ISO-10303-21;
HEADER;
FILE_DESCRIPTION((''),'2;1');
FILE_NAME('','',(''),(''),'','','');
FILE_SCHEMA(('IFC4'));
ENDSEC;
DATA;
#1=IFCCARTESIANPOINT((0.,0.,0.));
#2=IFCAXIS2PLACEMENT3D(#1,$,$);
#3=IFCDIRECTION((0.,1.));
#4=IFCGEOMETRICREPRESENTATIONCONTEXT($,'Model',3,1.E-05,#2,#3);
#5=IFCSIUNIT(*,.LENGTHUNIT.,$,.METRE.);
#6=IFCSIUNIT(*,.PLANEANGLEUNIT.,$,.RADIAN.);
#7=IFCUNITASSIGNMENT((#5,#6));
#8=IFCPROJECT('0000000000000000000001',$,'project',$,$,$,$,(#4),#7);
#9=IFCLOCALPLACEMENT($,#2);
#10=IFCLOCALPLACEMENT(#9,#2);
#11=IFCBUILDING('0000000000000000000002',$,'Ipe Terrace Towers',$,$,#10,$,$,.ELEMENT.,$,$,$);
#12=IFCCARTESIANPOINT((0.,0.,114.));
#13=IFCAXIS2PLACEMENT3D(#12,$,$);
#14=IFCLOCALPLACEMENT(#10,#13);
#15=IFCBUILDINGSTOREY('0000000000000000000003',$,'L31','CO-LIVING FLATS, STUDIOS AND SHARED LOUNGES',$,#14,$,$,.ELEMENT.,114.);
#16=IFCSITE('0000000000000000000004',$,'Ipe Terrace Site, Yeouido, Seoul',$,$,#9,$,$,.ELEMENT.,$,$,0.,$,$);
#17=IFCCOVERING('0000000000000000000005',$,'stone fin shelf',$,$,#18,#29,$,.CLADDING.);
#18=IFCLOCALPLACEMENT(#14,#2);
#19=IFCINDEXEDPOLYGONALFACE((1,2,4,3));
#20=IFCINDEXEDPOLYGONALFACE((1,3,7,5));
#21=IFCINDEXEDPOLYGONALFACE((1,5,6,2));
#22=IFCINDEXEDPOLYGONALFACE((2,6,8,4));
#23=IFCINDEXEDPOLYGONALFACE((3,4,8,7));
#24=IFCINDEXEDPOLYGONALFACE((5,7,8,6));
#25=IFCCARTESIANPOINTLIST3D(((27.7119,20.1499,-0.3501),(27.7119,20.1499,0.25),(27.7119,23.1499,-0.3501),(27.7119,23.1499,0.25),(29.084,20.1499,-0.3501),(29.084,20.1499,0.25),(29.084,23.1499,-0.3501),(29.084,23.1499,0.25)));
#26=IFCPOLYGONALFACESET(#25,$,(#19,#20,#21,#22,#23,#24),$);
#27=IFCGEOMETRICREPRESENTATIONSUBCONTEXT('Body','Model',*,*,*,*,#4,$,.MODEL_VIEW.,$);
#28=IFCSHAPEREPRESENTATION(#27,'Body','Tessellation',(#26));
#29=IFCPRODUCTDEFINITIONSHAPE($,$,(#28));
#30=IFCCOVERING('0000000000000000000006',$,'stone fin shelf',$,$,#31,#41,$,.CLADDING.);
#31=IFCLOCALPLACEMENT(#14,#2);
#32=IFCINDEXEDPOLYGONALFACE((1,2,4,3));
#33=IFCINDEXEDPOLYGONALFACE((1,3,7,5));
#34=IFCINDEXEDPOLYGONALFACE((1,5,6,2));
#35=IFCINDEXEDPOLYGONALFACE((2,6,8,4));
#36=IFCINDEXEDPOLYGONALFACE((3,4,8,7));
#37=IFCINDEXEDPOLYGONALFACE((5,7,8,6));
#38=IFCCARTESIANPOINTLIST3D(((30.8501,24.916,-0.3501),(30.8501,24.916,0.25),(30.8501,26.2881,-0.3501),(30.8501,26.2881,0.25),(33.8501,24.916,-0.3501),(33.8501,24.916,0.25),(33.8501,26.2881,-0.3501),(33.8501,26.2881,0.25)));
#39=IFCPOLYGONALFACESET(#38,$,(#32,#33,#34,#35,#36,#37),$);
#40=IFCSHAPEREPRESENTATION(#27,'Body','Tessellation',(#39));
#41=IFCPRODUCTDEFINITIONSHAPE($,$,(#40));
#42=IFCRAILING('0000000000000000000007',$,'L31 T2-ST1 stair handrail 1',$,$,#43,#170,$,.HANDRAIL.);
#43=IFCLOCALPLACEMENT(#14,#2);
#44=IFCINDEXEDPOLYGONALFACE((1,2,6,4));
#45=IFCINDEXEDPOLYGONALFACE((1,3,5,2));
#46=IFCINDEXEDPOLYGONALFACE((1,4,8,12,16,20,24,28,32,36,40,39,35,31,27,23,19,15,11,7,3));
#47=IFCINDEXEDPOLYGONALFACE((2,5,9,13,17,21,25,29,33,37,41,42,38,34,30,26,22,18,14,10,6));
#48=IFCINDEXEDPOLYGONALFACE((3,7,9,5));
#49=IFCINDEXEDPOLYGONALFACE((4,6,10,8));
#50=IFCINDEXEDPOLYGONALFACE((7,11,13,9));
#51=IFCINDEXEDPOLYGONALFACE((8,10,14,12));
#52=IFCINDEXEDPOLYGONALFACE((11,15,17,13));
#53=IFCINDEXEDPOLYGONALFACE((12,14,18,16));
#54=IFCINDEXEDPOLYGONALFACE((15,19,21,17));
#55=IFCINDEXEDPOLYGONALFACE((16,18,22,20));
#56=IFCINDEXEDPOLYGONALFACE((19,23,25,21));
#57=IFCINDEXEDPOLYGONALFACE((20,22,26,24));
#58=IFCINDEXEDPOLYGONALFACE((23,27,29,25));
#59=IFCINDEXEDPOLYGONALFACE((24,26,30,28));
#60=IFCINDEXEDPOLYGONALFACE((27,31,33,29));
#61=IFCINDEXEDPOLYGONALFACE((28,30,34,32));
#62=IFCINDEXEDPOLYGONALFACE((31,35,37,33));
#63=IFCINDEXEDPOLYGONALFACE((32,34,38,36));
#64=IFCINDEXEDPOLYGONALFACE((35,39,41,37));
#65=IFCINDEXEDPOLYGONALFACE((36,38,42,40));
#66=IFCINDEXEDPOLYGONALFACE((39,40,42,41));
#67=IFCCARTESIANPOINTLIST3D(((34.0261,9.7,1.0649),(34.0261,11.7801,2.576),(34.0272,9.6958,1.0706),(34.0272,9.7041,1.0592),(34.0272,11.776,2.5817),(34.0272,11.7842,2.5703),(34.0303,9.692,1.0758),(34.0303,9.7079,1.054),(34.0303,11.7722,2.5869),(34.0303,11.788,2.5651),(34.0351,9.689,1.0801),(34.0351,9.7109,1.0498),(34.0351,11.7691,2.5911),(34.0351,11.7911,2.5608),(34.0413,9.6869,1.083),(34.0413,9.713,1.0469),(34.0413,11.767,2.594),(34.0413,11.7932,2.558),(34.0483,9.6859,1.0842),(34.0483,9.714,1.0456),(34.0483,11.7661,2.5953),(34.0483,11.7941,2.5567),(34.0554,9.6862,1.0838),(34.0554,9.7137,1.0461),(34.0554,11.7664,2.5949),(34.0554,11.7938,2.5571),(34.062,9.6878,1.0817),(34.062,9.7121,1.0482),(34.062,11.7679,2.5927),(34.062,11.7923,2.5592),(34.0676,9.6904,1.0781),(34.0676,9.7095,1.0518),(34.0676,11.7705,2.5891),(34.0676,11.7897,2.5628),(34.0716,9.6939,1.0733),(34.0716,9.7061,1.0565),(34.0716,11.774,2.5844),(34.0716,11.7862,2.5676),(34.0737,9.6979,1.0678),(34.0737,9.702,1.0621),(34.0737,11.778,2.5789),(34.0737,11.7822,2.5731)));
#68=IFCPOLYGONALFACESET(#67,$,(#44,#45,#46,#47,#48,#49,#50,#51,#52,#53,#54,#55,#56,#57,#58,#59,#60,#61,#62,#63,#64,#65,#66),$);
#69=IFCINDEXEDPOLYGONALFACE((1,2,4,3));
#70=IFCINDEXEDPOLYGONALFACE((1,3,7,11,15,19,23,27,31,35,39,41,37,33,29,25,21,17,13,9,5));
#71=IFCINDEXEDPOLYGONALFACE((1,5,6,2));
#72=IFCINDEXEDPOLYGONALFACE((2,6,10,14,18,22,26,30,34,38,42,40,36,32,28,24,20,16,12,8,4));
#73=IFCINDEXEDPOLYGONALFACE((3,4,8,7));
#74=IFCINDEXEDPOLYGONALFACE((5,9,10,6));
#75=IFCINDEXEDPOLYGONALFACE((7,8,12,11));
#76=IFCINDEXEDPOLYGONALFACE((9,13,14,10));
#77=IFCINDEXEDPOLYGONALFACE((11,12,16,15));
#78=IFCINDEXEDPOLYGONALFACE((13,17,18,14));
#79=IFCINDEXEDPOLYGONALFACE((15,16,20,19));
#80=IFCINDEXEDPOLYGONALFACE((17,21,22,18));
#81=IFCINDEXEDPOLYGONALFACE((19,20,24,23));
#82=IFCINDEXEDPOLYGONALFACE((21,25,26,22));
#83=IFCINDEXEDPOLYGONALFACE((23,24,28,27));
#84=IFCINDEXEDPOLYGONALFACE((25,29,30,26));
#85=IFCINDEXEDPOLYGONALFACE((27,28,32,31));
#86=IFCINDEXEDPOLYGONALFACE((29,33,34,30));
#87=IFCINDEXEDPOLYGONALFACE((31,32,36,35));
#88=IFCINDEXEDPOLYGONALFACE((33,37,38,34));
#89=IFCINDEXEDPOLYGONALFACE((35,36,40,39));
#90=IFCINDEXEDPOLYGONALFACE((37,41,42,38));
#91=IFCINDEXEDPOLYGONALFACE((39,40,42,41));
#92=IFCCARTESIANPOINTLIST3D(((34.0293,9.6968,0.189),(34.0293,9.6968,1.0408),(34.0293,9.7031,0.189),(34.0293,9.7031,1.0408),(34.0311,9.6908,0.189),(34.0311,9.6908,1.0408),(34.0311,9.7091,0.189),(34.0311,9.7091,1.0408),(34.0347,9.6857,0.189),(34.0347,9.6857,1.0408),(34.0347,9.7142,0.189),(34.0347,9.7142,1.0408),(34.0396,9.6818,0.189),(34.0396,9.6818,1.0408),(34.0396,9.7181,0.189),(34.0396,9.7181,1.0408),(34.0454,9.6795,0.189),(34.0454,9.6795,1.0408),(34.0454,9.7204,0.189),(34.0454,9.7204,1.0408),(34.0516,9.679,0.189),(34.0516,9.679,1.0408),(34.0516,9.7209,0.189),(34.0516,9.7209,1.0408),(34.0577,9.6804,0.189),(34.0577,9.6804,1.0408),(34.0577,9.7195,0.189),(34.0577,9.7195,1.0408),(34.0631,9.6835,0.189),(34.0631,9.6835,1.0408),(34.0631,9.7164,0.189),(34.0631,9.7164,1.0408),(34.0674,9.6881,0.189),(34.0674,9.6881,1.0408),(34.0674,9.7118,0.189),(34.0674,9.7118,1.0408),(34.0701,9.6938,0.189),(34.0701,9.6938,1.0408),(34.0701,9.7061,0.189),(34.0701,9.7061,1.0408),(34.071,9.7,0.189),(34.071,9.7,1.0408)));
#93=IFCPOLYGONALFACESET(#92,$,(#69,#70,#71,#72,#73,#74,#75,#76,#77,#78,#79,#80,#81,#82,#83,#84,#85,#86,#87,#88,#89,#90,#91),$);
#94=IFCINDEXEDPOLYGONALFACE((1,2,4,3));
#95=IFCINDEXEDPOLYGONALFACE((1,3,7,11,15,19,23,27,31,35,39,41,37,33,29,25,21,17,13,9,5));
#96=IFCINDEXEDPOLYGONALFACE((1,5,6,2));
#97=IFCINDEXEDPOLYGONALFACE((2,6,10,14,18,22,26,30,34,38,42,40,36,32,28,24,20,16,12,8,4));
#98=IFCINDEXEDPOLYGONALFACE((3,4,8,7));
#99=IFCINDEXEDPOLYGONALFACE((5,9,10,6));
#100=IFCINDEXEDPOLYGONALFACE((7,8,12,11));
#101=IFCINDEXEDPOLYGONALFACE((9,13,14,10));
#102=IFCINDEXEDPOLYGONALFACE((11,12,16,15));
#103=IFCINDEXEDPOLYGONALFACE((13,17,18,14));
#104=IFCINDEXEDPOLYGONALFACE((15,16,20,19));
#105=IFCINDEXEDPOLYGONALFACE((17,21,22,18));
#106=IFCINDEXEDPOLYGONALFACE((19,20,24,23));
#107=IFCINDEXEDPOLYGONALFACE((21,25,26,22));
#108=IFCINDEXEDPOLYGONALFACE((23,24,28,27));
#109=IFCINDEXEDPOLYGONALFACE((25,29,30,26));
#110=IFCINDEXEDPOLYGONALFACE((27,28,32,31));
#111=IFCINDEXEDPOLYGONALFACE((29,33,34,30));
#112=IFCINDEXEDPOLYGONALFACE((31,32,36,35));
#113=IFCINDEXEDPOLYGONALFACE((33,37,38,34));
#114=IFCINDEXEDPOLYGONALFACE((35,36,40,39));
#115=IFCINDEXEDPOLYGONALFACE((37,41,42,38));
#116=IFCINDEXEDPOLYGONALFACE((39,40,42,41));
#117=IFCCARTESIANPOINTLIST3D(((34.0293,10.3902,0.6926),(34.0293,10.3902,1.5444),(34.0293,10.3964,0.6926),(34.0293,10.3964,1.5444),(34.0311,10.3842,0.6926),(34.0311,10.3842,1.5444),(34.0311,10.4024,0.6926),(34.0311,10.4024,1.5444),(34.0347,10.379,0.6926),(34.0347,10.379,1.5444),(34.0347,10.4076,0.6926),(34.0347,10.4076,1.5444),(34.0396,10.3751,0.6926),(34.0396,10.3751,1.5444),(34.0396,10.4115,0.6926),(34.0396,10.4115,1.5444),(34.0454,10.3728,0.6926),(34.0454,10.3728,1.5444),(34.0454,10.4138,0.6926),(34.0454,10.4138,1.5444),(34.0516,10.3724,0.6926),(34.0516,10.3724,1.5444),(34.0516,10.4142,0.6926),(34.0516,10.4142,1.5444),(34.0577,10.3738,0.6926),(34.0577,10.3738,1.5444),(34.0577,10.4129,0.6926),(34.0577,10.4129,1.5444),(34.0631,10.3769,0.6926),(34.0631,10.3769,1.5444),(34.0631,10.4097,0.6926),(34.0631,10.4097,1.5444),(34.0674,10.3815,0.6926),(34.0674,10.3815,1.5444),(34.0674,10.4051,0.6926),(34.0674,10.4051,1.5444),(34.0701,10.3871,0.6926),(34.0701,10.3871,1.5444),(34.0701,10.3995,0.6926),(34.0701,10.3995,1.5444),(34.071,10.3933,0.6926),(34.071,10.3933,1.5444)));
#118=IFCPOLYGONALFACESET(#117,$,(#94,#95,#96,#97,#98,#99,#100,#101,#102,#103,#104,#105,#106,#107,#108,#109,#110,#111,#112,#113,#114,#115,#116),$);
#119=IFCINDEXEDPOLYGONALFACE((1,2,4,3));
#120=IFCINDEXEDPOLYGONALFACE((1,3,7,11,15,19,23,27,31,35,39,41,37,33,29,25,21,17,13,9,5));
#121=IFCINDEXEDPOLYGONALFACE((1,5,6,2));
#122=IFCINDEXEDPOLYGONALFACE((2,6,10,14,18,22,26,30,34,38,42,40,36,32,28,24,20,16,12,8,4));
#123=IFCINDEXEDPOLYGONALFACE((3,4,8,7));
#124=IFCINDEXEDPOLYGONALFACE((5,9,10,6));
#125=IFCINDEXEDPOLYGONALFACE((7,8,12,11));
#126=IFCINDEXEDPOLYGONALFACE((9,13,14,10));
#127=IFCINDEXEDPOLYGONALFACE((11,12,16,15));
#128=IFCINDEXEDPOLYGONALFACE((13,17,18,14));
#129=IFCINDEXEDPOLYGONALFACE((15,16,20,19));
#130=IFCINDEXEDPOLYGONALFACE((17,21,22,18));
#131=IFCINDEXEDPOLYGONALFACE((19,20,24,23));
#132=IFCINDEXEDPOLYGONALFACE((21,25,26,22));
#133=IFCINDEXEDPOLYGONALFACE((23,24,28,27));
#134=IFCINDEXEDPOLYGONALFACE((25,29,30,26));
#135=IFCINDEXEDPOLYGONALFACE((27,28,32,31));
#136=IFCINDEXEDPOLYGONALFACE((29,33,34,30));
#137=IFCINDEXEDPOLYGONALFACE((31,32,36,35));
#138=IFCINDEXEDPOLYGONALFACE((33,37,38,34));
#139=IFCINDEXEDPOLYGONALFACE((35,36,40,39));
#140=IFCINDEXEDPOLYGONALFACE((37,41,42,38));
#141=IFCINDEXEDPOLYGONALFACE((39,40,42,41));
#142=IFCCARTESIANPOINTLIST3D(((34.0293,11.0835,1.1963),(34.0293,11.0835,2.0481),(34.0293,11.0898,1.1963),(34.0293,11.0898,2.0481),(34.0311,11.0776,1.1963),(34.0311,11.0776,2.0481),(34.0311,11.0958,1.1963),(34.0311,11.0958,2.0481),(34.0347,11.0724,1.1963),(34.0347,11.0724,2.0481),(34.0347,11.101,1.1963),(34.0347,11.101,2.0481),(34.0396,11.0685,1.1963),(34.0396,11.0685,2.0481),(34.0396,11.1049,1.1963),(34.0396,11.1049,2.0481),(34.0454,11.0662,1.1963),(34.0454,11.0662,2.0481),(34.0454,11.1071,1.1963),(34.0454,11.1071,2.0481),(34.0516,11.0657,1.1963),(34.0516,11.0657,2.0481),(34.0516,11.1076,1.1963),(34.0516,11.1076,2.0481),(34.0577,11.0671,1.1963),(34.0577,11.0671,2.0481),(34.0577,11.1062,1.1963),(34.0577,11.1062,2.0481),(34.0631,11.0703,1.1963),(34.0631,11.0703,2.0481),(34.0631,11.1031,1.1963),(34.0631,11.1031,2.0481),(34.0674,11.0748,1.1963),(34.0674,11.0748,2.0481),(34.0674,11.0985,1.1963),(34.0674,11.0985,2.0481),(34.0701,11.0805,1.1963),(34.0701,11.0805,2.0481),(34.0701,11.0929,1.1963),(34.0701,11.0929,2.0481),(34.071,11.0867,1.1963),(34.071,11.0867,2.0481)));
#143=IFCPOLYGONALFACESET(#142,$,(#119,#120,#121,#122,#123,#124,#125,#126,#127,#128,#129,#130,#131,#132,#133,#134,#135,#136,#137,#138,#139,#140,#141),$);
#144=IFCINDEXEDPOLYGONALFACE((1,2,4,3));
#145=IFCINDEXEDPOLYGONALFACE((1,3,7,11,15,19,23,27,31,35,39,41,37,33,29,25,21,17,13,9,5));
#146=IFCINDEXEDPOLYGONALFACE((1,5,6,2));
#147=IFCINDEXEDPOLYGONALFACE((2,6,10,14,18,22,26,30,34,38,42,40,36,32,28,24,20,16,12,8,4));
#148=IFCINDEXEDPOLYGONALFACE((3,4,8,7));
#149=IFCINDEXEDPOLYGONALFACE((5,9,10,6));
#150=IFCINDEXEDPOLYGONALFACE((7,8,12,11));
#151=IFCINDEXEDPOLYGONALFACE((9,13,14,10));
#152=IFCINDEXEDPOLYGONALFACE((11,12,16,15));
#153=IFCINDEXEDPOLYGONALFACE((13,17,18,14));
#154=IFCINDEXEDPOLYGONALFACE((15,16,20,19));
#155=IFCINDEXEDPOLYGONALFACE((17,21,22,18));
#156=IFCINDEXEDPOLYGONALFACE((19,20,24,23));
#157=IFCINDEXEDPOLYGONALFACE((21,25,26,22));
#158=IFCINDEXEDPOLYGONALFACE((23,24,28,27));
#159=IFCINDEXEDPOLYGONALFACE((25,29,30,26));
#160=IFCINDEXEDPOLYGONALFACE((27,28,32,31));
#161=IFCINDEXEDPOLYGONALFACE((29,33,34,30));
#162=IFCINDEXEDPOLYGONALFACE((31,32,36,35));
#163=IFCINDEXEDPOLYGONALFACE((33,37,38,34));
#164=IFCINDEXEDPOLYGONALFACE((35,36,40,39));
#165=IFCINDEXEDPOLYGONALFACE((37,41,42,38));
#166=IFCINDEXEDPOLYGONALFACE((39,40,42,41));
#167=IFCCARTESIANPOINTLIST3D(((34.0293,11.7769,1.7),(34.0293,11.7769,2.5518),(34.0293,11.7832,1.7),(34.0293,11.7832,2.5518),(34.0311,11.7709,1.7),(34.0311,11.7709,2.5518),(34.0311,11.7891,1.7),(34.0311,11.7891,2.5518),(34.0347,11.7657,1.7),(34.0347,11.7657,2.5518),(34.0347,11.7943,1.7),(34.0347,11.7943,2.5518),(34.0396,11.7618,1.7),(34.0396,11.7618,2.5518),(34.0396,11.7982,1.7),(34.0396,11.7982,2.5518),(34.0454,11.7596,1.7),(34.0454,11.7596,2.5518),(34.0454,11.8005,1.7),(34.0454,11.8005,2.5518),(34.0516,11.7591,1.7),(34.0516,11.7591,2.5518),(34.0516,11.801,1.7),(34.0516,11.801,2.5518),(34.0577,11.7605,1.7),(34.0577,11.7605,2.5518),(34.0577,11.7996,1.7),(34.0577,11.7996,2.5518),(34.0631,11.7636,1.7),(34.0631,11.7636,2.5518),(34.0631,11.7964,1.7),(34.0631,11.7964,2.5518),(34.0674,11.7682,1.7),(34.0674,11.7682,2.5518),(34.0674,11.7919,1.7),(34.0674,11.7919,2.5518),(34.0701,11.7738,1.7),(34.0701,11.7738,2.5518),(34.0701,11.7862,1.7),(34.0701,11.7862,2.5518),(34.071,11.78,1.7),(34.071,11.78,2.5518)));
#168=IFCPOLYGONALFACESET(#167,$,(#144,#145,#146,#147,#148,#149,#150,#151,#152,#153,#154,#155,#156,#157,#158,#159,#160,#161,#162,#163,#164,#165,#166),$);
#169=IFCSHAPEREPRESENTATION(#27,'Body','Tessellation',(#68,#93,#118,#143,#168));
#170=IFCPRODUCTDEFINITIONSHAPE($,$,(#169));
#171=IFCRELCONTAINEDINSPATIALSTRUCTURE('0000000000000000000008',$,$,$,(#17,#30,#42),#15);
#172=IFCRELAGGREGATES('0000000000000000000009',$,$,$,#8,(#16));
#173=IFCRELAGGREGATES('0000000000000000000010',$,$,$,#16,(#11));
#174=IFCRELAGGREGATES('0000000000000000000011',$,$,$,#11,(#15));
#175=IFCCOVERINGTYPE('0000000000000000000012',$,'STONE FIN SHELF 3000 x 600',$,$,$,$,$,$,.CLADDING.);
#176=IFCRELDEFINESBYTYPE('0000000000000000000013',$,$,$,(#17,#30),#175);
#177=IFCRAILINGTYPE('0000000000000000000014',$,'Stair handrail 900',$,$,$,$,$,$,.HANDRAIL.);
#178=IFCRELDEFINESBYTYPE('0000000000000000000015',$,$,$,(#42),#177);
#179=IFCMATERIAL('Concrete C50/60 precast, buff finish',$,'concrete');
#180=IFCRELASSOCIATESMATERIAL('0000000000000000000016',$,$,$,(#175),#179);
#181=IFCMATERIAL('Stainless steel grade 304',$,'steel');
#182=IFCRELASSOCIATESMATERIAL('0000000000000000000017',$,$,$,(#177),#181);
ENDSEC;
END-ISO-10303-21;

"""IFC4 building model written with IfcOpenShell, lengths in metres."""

from ifc_helpers import new_model, si_unit, direction, frame, origin, origin_2d, place, context, subcontext, project, spatial, rectangle, circle, extrude, material, type_object, element, save


model = new_model("IFC4")

# Units and contexts
model_context = context("Model", 3, precision=1e-05, world=origin(), true_north=direction((0.0, 1.0)))
body_context = subcontext(model_context, "Body", "Model", "MODEL_VIEW")
ifc_project = project(units=[si_unit("LENGTHUNIT", "METRE"), si_unit("PLANEANGLEUNIT", "RADIAN")], contexts=[model_context])

# Site, building, storey
site_placement = place(None, origin())
site = spatial("IfcSite", under=ifc_project, at=site_placement, Name="Ipe Terrace Site, Yeouido, Seoul", CompositionType="ELEMENT", RefElevation=0.0)
building_placement = place(site_placement, origin())
building = spatial("IfcBuilding", under=site, at=building_placement, Name="Ipe Terrace Towers", CompositionType="ELEMENT")
storey_placement = place(building_placement, frame((0.0, 0.0, 114.0)))
storey = spatial("IfcBuildingStorey", under=building, at=storey_placement, Name="L31", Description="CO-LIVING FLATS, STUDIOS AND SHARED LOUNGES", CompositionType="ELEMENT", Elevation=114.0)

# Coverings
ifc_material_1 = material(Name="Concrete C50/60 precast, buff finish", Category="concrete")
covering_type_1 = type_object("IfcCoveringType", Name="STONE FIN SHELF 3000 x 600", PredefinedType="CLADDING", material=ifc_material_1)
for number, where, z_axis, x_axis, name in (
    (1, (28.3979, 21.6499, -0.3501), (0.0, 0.0, 1.0), (0.0, -1.0, 0.0), "stone fin shelf"),
    (2, (32.3501, 25.6021, -0.3501), (0.0, 0.0, 1.0), (-1.0, 0.0, 0.0), "stone fin shelf"),
):
    element("IfcCovering", number, at=place(storey_placement, frame(where, z_axis=z_axis, x_axis=x_axis)), inside=storey, type_object=covering_type_1, Name=name, PredefinedType="CLADDING", context=body_context, shape_type="SweptSolid", body=[
        extrude(rectangle(XDim=3.0, YDim=1.3721, at=origin_2d()), origin(), (0.0, 0.0, 1.0), 0.6001),
    ])

# Railing
ifc_material_2 = material(Name="Stainless steel grade 304", Category="steel")
railing_type_1 = type_object("IfcRailingType", Name="Stair handrail 900", PredefinedType="HANDRAIL", material=ifc_material_2)
railing_1_placement = place(storey_placement, frame((34.05, 9.7, 0.189)))
element("IfcRailing", 3, at=railing_1_placement, inside=storey, type_object=railing_type_1, Name="L31 T2-ST1 stair handrail 1", PredefinedType="HANDRAIL", context=body_context, shape_type="SweptSolid", body=[
    extrude(circle(Radius=0.0239, at=origin_2d()), frame((0.0, 0.0, 0.876), z_axis=(0.0, 0.809069, 0.587714), x_axis=(-1.0, 0.0, 0.0)), (0.0, 0.0, 1.0), 2.571),
    extrude(circle(Radius=0.021, at=origin_2d()), origin(), (0.0, 0.0, 1.0), 0.8518),
    extrude(circle(Radius=0.021, at=origin_2d()), frame((0.0, 0.6934, 0.5037)), (0.0, 0.0, 1.0), 0.8518),
    extrude(circle(Radius=0.021, at=origin_2d()), frame((0.0, 1.3867, 1.0073)), (0.0, 0.0, 1.0), 0.8518),
    extrude(circle(Radius=0.021, at=origin_2d()), frame((0.0, 2.0801, 1.511)), (0.0, 0.0, 1.0), 0.8518),
])

save(model, "model.ifc")
